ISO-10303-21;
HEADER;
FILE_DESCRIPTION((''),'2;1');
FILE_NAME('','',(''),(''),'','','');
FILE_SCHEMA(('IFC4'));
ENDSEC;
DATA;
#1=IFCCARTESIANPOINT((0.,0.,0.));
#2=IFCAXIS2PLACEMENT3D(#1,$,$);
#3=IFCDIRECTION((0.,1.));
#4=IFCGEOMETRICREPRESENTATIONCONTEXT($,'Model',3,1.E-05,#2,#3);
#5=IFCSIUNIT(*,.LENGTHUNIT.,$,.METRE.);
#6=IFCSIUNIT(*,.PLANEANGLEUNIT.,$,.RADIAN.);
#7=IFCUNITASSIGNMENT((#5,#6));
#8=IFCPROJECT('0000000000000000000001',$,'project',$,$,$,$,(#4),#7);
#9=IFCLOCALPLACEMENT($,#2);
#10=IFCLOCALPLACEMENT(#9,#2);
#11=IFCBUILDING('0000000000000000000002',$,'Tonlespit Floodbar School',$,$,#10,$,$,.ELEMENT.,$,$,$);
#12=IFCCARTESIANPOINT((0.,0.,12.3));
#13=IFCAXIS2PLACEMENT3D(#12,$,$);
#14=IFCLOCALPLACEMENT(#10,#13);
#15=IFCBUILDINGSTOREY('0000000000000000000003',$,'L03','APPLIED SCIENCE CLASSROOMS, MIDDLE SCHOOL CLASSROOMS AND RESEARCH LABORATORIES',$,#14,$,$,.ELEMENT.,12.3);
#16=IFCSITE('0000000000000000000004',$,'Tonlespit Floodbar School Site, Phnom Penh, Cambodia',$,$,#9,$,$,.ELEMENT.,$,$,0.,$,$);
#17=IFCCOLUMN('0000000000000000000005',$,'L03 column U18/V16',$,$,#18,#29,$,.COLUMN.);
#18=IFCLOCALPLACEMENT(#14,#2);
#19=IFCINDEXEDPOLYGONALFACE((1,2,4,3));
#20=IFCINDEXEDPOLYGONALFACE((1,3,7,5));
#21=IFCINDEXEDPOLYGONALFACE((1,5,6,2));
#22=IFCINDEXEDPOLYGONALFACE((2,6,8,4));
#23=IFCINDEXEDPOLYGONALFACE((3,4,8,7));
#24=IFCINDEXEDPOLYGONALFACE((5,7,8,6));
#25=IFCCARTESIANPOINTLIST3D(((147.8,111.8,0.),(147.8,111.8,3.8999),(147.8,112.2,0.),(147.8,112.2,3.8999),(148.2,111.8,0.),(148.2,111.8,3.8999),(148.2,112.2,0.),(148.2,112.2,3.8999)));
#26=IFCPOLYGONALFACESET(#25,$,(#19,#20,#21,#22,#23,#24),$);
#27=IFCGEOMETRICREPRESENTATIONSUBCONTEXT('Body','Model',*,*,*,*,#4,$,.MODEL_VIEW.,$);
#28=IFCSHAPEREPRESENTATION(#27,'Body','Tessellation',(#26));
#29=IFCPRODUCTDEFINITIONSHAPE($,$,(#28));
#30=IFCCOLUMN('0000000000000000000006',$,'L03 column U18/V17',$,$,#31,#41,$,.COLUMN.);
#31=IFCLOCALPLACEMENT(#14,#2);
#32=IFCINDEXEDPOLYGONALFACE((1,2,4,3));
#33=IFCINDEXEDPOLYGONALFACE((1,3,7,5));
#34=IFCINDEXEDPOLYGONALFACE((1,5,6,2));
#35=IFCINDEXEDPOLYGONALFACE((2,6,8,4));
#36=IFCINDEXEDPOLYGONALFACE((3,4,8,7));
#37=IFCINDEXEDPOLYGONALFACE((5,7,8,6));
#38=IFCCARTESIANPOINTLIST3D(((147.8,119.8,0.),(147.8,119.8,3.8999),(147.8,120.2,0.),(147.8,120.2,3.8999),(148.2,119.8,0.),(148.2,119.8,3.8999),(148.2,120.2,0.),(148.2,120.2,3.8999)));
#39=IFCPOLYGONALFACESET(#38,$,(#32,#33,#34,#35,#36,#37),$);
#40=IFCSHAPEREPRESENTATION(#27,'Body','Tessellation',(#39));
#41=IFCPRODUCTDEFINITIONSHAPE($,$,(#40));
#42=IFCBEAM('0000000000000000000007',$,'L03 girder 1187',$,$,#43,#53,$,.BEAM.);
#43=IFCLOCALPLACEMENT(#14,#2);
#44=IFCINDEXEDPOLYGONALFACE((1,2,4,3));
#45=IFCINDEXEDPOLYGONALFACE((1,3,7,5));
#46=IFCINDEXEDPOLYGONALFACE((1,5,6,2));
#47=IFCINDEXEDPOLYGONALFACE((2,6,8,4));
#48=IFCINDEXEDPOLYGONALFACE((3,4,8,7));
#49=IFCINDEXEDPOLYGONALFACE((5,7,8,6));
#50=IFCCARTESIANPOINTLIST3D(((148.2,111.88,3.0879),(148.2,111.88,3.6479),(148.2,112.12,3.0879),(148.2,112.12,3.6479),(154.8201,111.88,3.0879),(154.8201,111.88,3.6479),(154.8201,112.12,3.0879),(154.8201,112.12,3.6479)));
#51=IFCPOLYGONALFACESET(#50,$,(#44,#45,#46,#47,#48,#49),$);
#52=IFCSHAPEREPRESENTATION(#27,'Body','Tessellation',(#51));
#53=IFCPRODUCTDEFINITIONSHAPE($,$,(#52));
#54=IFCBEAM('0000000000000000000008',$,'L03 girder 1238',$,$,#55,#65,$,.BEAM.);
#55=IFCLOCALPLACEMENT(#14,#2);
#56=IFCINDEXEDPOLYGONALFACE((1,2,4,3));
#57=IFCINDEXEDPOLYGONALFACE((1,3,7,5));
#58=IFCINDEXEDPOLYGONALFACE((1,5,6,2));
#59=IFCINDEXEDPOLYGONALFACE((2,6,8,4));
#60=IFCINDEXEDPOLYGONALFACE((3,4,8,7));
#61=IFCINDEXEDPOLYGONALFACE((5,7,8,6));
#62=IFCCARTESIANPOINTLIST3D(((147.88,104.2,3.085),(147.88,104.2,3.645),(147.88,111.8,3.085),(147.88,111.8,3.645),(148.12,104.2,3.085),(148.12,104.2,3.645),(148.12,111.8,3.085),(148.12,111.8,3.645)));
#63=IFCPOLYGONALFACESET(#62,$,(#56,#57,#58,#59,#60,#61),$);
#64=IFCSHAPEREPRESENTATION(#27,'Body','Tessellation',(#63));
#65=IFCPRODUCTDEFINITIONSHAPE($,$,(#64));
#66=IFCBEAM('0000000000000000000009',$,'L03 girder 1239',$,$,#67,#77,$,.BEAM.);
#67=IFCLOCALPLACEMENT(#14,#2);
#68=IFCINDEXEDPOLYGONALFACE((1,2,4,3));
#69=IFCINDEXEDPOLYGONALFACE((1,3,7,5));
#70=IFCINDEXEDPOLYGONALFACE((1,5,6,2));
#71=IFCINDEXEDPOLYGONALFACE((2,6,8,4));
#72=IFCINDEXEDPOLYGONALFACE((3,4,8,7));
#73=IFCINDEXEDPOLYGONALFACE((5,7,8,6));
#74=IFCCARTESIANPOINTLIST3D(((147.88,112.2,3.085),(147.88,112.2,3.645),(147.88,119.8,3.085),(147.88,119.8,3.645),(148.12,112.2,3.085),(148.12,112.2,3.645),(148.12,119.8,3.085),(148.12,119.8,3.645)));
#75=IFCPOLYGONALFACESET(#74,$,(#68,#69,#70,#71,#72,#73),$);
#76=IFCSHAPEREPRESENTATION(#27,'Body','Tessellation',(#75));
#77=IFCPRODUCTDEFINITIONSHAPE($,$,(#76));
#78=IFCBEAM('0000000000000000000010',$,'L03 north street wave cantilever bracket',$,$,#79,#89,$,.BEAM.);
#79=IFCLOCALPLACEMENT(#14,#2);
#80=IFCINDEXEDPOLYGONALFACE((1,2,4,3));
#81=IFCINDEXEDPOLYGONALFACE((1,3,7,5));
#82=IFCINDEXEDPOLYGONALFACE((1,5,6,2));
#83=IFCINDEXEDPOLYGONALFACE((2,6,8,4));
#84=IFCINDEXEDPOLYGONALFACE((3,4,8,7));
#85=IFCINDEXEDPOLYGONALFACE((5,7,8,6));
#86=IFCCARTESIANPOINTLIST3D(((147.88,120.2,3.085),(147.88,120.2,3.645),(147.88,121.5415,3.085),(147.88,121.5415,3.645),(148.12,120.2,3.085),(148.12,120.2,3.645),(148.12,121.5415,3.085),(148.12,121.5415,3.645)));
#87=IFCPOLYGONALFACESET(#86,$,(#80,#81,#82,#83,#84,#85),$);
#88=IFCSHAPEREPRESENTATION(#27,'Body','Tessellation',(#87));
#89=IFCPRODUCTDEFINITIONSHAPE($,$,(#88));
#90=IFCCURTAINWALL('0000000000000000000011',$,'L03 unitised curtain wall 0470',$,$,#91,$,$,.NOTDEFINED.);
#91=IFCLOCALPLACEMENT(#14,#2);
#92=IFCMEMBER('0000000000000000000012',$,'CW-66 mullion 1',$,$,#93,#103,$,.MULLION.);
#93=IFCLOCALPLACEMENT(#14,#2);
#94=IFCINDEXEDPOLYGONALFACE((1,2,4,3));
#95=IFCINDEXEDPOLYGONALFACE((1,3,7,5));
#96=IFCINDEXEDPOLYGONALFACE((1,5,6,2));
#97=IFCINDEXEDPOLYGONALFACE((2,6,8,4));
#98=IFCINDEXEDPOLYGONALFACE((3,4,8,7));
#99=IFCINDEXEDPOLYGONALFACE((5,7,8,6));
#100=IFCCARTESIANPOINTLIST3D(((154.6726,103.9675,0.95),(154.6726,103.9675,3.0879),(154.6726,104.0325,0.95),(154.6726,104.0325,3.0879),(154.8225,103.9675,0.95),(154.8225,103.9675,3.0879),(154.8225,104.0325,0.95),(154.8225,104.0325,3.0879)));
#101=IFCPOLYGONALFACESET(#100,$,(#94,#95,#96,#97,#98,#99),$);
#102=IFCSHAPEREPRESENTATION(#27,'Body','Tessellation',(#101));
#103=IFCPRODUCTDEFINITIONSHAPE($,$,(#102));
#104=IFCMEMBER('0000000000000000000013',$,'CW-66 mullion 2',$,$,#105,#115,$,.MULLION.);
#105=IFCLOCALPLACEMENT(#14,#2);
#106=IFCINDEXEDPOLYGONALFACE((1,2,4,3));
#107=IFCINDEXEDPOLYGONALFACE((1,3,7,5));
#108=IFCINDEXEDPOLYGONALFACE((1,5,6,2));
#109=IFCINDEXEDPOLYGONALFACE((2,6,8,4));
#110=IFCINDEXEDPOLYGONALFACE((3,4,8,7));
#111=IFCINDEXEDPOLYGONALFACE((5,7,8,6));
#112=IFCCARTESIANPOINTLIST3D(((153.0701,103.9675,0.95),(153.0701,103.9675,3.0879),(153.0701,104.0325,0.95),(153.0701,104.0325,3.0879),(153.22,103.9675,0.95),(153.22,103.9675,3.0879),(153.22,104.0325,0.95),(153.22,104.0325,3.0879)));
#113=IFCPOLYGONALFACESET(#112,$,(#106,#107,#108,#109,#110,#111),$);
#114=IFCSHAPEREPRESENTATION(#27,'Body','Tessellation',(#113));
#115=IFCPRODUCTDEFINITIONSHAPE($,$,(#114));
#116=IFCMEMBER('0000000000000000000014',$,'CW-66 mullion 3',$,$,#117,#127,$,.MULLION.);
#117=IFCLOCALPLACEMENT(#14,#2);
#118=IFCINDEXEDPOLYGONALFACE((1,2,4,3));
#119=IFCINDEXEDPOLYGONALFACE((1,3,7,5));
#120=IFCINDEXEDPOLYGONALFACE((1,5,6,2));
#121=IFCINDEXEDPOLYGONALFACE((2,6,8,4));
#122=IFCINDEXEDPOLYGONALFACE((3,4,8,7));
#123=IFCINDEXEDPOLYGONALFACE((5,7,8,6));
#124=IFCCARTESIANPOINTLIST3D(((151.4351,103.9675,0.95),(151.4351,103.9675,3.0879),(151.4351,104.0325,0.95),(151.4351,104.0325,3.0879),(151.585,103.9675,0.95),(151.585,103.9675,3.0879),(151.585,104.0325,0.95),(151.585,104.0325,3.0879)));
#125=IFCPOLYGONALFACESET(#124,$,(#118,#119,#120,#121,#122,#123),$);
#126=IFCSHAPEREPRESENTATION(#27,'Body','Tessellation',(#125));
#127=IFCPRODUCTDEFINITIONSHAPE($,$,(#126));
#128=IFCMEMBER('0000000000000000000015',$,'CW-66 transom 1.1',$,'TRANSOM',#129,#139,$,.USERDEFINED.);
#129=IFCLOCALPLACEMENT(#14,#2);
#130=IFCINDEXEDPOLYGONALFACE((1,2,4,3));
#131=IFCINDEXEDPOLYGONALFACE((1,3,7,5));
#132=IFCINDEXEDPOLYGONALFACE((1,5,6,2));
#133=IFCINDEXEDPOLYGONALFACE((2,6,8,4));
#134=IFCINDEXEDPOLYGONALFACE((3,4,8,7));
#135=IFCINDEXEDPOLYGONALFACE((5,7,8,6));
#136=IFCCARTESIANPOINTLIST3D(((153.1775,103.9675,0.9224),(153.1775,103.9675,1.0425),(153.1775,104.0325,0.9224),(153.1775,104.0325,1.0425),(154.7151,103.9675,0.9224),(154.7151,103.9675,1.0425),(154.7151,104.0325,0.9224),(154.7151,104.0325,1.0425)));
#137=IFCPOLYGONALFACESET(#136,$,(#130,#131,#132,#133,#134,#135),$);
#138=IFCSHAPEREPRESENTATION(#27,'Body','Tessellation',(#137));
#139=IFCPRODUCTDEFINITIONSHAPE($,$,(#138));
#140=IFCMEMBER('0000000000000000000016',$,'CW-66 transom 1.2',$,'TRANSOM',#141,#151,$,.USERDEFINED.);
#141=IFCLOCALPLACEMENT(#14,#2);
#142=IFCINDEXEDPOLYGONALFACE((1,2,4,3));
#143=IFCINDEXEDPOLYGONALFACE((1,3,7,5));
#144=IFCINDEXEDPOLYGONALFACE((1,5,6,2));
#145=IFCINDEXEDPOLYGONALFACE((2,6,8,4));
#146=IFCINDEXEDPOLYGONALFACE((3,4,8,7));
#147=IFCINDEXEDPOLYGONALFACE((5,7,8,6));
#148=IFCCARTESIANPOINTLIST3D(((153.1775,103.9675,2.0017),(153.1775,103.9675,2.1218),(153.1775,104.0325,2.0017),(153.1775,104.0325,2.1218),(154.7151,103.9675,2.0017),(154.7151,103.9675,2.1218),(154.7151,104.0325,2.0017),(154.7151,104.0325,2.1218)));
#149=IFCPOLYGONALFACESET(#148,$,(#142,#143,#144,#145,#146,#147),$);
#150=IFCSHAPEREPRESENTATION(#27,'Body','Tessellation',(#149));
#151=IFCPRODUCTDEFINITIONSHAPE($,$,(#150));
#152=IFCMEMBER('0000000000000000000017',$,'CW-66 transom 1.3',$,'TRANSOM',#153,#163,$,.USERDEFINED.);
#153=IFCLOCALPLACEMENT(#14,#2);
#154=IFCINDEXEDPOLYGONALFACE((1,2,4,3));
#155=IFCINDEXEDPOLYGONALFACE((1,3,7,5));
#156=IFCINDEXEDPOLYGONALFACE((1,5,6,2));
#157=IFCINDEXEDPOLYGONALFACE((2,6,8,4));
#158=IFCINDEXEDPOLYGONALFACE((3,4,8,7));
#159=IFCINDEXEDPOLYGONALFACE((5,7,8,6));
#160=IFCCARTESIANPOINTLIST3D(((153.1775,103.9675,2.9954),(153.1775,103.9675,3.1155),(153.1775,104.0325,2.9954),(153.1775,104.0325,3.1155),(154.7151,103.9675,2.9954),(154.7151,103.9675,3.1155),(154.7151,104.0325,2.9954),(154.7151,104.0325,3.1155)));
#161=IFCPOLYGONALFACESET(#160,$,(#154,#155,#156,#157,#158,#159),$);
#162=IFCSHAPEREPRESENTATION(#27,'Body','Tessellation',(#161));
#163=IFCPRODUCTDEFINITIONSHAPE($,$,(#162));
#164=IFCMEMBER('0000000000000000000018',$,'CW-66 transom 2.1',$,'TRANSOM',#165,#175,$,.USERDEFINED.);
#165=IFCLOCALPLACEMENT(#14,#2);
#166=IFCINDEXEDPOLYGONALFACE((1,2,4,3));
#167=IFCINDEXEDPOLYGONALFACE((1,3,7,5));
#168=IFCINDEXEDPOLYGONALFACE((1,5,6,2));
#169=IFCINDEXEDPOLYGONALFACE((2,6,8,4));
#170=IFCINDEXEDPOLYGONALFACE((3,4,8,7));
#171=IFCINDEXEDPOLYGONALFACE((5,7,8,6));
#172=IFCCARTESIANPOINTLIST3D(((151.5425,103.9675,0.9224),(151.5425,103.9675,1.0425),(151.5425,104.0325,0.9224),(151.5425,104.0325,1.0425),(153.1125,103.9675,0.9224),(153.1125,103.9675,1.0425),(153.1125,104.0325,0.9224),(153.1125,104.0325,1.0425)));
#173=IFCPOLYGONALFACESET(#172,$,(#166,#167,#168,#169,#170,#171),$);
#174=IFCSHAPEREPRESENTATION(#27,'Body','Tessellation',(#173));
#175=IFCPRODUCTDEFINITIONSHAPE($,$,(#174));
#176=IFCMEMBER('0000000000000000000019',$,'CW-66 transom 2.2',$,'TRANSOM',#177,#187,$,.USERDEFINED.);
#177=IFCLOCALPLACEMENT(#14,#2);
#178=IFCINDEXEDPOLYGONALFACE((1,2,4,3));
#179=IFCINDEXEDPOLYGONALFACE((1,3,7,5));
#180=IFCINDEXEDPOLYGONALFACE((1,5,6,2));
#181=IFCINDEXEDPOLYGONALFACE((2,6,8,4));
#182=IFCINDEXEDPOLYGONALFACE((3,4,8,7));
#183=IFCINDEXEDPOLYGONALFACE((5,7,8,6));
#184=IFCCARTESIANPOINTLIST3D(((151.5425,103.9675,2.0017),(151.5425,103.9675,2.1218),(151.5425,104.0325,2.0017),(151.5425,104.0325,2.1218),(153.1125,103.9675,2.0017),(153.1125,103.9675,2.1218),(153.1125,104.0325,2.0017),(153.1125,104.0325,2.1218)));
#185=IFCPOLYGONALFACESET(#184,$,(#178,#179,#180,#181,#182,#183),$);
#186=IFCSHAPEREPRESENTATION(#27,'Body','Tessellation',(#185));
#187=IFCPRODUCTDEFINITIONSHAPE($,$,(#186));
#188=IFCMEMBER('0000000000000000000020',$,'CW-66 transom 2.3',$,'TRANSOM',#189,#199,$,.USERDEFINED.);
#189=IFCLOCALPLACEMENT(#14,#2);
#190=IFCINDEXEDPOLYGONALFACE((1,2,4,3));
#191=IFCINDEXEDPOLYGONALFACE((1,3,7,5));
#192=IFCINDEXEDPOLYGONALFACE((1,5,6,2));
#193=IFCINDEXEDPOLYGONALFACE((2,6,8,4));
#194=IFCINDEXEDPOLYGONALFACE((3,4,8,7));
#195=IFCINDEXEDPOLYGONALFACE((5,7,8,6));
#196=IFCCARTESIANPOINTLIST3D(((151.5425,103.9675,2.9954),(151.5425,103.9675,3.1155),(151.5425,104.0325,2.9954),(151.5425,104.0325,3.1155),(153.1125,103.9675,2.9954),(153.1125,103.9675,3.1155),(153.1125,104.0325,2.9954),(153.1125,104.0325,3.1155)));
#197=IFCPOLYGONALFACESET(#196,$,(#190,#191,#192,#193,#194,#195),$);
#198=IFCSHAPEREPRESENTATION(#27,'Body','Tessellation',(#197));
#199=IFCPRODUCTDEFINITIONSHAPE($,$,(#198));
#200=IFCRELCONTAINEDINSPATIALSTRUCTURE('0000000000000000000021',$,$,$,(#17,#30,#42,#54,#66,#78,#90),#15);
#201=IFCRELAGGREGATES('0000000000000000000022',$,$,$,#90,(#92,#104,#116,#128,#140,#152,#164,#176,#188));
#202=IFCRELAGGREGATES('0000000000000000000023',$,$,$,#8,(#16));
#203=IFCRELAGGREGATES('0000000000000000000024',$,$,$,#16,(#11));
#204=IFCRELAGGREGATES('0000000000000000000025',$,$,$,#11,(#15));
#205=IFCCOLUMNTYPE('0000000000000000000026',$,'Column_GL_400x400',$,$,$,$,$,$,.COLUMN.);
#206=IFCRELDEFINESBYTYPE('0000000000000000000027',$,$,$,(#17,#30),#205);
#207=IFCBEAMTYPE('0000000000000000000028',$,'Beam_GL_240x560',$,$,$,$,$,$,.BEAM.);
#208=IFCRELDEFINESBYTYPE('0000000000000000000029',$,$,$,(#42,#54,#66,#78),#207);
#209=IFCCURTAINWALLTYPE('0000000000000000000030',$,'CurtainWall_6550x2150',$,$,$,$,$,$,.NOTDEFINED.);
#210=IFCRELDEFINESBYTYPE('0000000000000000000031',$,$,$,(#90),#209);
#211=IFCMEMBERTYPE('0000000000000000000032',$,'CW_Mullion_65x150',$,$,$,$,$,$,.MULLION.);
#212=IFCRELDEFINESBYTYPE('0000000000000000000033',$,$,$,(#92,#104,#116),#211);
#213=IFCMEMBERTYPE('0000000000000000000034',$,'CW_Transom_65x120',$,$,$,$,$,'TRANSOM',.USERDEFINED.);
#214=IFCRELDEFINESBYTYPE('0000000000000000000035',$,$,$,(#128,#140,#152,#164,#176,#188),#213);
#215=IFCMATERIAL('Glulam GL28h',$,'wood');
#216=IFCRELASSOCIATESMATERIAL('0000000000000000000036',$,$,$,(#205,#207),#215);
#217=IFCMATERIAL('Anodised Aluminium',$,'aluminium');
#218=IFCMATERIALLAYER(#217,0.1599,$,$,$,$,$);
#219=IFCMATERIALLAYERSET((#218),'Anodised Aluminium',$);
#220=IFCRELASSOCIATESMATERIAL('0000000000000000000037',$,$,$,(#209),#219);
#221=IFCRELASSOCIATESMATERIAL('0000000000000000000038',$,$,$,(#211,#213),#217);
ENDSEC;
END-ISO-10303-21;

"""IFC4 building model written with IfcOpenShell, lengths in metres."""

from ifc_helpers import new_model, si_unit, direction, frame, origin, origin_2d, place, context, subcontext, project, spatial, rectangle, extrude, material, layer, layer_set, material_profile, profile_set, type_object, element, aggregate, save


model = new_model("IFC4")

# Units and contexts
model_context = context("Model", 3, precision=1e-05, world=origin(), true_north=direction((0.0, 1.0)))
body_context = subcontext(model_context, "Body", "Model", "MODEL_VIEW")
ifc_project = project(units=[si_unit("LENGTHUNIT", "METRE"), si_unit("PLANEANGLEUNIT", "RADIAN")], contexts=[model_context])

# Site, building, storey
site_placement = place(None, origin())
site = spatial("IfcSite", under=ifc_project, at=site_placement, Name="Tonlespit Floodbar School Site, Phnom Penh, Cambodia", CompositionType="ELEMENT", RefElevation=0.0)
building_placement = place(site_placement, origin())
building = spatial("IfcBuilding", under=site, at=building_placement, Name="Tonlespit Floodbar School", CompositionType="ELEMENT")
storey_placement = place(building_placement, frame((0.0, 0.0, 12.3)))
storey = spatial("IfcBuildingStorey", under=building, at=storey_placement, Name="L03", Description="APPLIED SCIENCE CLASSROOMS, MIDDLE SCHOOL CLASSROOMS AND RESEARCH LABORATORIES", CompositionType="ELEMENT", Elevation=12.3)

# Columns
ifc_material_1 = material(Name="Glulam GL28h", Category="wood")
ifc_material_profile_1 = material_profile(ifc_material_1, rectangle(XDim=0.3999, YDim=0.3999, at=origin_2d()), Name="GL 400x400")
ifc_profile_set_1 = profile_set([ifc_material_profile_1], Name="Glulam GL28h")
column_type = type_object("IfcColumnType", Name="Column_GL_400x400", PredefinedType="COLUMN", material=ifc_profile_set_1)
for number, where, z_axis, x_axis, name in (
    (1, (148.0, 112.0, 0.0), (0.0, 0.0, 1.0), (1.0, 0.0, 0.0), "L03 column U18/V16"),
    (2, (148.0, 120.0, 0.0), (0.0, 0.0, 1.0), (1.0, 0.0, 0.0), "L03 column U18/V17"),
):
    element("IfcColumn", number, at=place(storey_placement, frame(where, z_axis=z_axis, x_axis=x_axis)), inside=storey, type_object=column_type, Name=name, PredefinedType="COLUMN", context=body_context, shape_type="SweptSolid", body=[
        extrude(rectangle(XDim=0.3999, YDim=0.3999, at=origin_2d()), origin(), (0.0, 0.0, 1.0), 3.8999),
    ])

# Beams
ifc_material_profile_2 = material_profile(ifc_material_1, rectangle(XDim=0.24, YDim=0.5601, at=origin_2d()), Name="GL 240x560")
ifc_profile_set_2 = profile_set([ifc_material_profile_2], Name="Glulam GL28h")
beam_type_1 = type_object("IfcBeamType", Name="Beam_GL_240x560", PredefinedType="BEAM", material=ifc_profile_set_2)
beam_1_placement = place(storey_placement, frame((148.2, 112.0, 3.3679), z_axis=(1.0, 0.0, 0.0), x_axis=(0.0, 1.0, 0.0)))
element("IfcBeam", 3, at=beam_1_placement, inside=storey, type_object=beam_type_1, Name="L03 girder 1187", PredefinedType="BEAM", context=body_context, shape_type="SweptSolid", body=[
    extrude(rectangle(XDim=0.24, YDim=0.5601, at=origin_2d()), origin(), (0.0, 0.0, 1.0), 6.6201),
])
for number, where, z_axis, x_axis, name in (
    (4, (148.0, 104.2, 3.365), (0.0, 1.0, 0.0), (-1.0, 0.0, 0.0), "L03 girder 1238"),
    (5, (148.0, 112.2, 3.365), (0.0, 1.0, 0.0), (-1.0, 0.0, 0.0), "L03 girder 1239"),
):
    element("IfcBeam", number, at=place(storey_placement, frame(where, z_axis=z_axis, x_axis=x_axis)), inside=storey, type_object=beam_type_1, Name=name, PredefinedType="BEAM", context=body_context, shape_type="SweptSolid", body=[
        extrude(rectangle(XDim=0.24, YDim=0.5601, at=origin_2d()), origin(), (0.0, 0.0, 1.0), 7.6001),
    ])
beam_2_placement = place(storey_placement, frame((148.0, 120.2, 3.365), z_axis=(0.0, 1.0, 0.0), x_axis=(-1.0, 0.0, 0.0)))
element("IfcBeam", 6, at=beam_2_placement, inside=storey, type_object=beam_type_1, Name="L03 north street wave cantilever bracket", PredefinedType="BEAM", context=body_context, shape_type="SweptSolid", body=[
    extrude(rectangle(XDim=0.24, YDim=0.5601, at=origin_2d()), origin(), (0.0, 0.0, 1.0), 1.3416),
])

# Curtain wall, members
ifc_material_2 = material(Name="Anodised Aluminium", Category="aluminium")
ifc_layer_1 = layer(ifc_material_2, 0.1599)
ifc_layer_set_1 = layer_set([ifc_layer_1], Name="Anodised Aluminium")
curtain_wall_type = type_object("IfcCurtainWallType", Name="CurtainWall_6550x2150", PredefinedType="NOTDEFINED", material=ifc_layer_set_1)
curtain_wall_placement = place(storey_placement, origin())
curtain_wall = element("IfcCurtainWall", 7, at=curtain_wall_placement, inside=storey, type_object=curtain_wall_type, Name="L03 unitised curtain wall 0470", PredefinedType="NOTDEFINED")
ifc_material_profile_3 = material_profile(ifc_material_2, rectangle(XDim=0.0649, YDim=0.1499, at=origin_2d()), Name="ALU M65x150")
ifc_profile_set_3 = profile_set([ifc_material_profile_3], Name="Anodised Aluminium")
member_type_1 = type_object("IfcMemberType", Name="CW_Mullion_65x150", PredefinedType="MULLION", material=ifc_profile_set_3)
member_1_placement = place(storey_placement, frame((154.7476, 104.0, 0.95), z_axis=(0.0, 0.0, 1.0), x_axis=(0.0, -1.0, 0.0)))
member_1 = element("IfcMember", 8, at=member_1_placement, type_object=member_type_1, Name="CW-66 mullion 1", PredefinedType="MULLION", context=body_context, shape_type="SweptSolid", body=[
    extrude(rectangle(XDim=0.0649, YDim=0.1499, at=origin_2d()), origin(), (0.0, 0.0, 1.0), 2.1379),
])
member_2_placement = place(storey_placement, frame((153.145, 104.0, 0.95), z_axis=(0.0, 0.0, 1.0), x_axis=(0.0, -1.0, 0.0)))
member_2 = element("IfcMember", 9, at=member_2_placement, type_object=member_type_1, Name="CW-66 mullion 2", PredefinedType="MULLION", context=body_context, shape_type="SweptSolid", body=[
    extrude(rectangle(XDim=0.0649, YDim=0.1499, at=origin_2d()), origin(), (0.0, 0.0, 1.0), 2.1379),
])
member_3_placement = place(storey_placement, frame((151.51, 104.0, 0.95), z_axis=(0.0, 0.0, 1.0), x_axis=(0.0, -1.0, 0.0)))
member_3 = element("IfcMember", 10, at=member_3_placement, type_object=member_type_1, Name="CW-66 mullion 3", PredefinedType="MULLION", context=body_context, shape_type="SweptSolid", body=[
    extrude(rectangle(XDim=0.0649, YDim=0.1499, at=origin_2d()), origin(), (0.0, 0.0, 1.0), 2.1379),
])
ifc_material_profile_4 = material_profile(ifc_material_2, rectangle(XDim=0.0649, YDim=0.1201, at=origin_2d()), Name="ALU T65x120")
ifc_profile_set_4 = profile_set([ifc_material_profile_4], Name="Anodised Aluminium")
member_type_2 = type_object("IfcMemberType", Name="CW_Transom_65x120", ElementType="TRANSOM", PredefinedType="USERDEFINED", material=ifc_profile_set_4)
member_4_placement = place(storey_placement, frame((154.7151, 104.0, 0.9824), z_axis=(-1.0, 0.0, 0.0), x_axis=(0.0, -1.0, 0.0)))
member_4 = element("IfcMember", 11, at=member_4_placement, type_object=member_type_2, Name="CW-66 transom 1.1", ObjectType="TRANSOM", PredefinedType="USERDEFINED", context=body_context, shape_type="SweptSolid", body=[
    extrude(rectangle(XDim=0.0649, YDim=0.1201, at=origin_2d()), origin(), (0.0, 0.0, 1.0), 1.5376),
])
member_5_placement = place(storey_placement, frame((154.7151, 104.0, 2.0618), z_axis=(-1.0, 0.0, 0.0), x_axis=(0.0, -1.0, 0.0)))
member_5 = element("IfcMember", 12, at=member_5_placement, type_object=member_type_2, Name="CW-66 transom 1.2", ObjectType="TRANSOM", PredefinedType="USERDEFINED", context=body_context, shape_type="SweptSolid", body=[
    extrude(rectangle(XDim=0.0649, YDim=0.1201, at=origin_2d()), origin(), (0.0, 0.0, 1.0), 1.5376),
])
member_6_placement = place(storey_placement, frame((154.7151, 104.0, 3.0554), z_axis=(-1.0, 0.0, 0.0), x_axis=(0.0, -1.0, 0.0)))
member_6 = element("IfcMember", 13, at=member_6_placement, type_object=member_type_2, Name="CW-66 transom 1.3", ObjectType="TRANSOM", PredefinedType="USERDEFINED", context=body_context, shape_type="SweptSolid", body=[
    extrude(rectangle(XDim=0.0649, YDim=0.1201, at=origin_2d()), origin(), (0.0, 0.0, 1.0), 1.5376),
])
member_7_placement = place(storey_placement, frame((153.1125, 104.0, 0.9824), z_axis=(-1.0, 0.0, 0.0), x_axis=(0.0, -1.0, 0.0)))
member_7 = element("IfcMember", 14, at=member_7_placement, type_object=member_type_2, Name="CW-66 transom 2.1", ObjectType="TRANSOM", PredefinedType="USERDEFINED", context=body_context, shape_type="SweptSolid", body=[
    extrude(rectangle(XDim=0.0649, YDim=0.1201, at=origin_2d()), origin(), (0.0, 0.0, 1.0), 1.5701),
])
member_8_placement = place(storey_placement, frame((153.1125, 104.0, 2.0618), z_axis=(-1.0, 0.0, 0.0), x_axis=(0.0, -1.0, 0.0)))
member_8 = element("IfcMember", 15, at=member_8_placement, type_object=member_type_2, Name="CW-66 transom 2.2", ObjectType="TRANSOM", PredefinedType="USERDEFINED", context=body_context, shape_type="SweptSolid", body=[
    extrude(rectangle(XDim=0.0649, YDim=0.1201, at=origin_2d()), origin(), (0.0, 0.0, 1.0), 1.5701),
])
member_9_placement = place(storey_placement, frame((153.1125, 104.0, 3.0554), z_axis=(-1.0, 0.0, 0.0), x_axis=(0.0, -1.0, 0.0)))
member_9 = element("IfcMember", 16, at=member_9_placement, type_object=member_type_2, Name="CW-66 transom 2.3", ObjectType="TRANSOM", PredefinedType="USERDEFINED", context=body_context, shape_type="SweptSolid", body=[
    extrude(rectangle(XDim=0.0649, YDim=0.1201, at=origin_2d()), origin(), (0.0, 0.0, 1.0), 1.5701),
])

aggregate(curtain_wall, [member_1, member_2, member_3, member_4, member_5, member_6, member_7, member_8, member_9])

save(model, "model.ifc")
